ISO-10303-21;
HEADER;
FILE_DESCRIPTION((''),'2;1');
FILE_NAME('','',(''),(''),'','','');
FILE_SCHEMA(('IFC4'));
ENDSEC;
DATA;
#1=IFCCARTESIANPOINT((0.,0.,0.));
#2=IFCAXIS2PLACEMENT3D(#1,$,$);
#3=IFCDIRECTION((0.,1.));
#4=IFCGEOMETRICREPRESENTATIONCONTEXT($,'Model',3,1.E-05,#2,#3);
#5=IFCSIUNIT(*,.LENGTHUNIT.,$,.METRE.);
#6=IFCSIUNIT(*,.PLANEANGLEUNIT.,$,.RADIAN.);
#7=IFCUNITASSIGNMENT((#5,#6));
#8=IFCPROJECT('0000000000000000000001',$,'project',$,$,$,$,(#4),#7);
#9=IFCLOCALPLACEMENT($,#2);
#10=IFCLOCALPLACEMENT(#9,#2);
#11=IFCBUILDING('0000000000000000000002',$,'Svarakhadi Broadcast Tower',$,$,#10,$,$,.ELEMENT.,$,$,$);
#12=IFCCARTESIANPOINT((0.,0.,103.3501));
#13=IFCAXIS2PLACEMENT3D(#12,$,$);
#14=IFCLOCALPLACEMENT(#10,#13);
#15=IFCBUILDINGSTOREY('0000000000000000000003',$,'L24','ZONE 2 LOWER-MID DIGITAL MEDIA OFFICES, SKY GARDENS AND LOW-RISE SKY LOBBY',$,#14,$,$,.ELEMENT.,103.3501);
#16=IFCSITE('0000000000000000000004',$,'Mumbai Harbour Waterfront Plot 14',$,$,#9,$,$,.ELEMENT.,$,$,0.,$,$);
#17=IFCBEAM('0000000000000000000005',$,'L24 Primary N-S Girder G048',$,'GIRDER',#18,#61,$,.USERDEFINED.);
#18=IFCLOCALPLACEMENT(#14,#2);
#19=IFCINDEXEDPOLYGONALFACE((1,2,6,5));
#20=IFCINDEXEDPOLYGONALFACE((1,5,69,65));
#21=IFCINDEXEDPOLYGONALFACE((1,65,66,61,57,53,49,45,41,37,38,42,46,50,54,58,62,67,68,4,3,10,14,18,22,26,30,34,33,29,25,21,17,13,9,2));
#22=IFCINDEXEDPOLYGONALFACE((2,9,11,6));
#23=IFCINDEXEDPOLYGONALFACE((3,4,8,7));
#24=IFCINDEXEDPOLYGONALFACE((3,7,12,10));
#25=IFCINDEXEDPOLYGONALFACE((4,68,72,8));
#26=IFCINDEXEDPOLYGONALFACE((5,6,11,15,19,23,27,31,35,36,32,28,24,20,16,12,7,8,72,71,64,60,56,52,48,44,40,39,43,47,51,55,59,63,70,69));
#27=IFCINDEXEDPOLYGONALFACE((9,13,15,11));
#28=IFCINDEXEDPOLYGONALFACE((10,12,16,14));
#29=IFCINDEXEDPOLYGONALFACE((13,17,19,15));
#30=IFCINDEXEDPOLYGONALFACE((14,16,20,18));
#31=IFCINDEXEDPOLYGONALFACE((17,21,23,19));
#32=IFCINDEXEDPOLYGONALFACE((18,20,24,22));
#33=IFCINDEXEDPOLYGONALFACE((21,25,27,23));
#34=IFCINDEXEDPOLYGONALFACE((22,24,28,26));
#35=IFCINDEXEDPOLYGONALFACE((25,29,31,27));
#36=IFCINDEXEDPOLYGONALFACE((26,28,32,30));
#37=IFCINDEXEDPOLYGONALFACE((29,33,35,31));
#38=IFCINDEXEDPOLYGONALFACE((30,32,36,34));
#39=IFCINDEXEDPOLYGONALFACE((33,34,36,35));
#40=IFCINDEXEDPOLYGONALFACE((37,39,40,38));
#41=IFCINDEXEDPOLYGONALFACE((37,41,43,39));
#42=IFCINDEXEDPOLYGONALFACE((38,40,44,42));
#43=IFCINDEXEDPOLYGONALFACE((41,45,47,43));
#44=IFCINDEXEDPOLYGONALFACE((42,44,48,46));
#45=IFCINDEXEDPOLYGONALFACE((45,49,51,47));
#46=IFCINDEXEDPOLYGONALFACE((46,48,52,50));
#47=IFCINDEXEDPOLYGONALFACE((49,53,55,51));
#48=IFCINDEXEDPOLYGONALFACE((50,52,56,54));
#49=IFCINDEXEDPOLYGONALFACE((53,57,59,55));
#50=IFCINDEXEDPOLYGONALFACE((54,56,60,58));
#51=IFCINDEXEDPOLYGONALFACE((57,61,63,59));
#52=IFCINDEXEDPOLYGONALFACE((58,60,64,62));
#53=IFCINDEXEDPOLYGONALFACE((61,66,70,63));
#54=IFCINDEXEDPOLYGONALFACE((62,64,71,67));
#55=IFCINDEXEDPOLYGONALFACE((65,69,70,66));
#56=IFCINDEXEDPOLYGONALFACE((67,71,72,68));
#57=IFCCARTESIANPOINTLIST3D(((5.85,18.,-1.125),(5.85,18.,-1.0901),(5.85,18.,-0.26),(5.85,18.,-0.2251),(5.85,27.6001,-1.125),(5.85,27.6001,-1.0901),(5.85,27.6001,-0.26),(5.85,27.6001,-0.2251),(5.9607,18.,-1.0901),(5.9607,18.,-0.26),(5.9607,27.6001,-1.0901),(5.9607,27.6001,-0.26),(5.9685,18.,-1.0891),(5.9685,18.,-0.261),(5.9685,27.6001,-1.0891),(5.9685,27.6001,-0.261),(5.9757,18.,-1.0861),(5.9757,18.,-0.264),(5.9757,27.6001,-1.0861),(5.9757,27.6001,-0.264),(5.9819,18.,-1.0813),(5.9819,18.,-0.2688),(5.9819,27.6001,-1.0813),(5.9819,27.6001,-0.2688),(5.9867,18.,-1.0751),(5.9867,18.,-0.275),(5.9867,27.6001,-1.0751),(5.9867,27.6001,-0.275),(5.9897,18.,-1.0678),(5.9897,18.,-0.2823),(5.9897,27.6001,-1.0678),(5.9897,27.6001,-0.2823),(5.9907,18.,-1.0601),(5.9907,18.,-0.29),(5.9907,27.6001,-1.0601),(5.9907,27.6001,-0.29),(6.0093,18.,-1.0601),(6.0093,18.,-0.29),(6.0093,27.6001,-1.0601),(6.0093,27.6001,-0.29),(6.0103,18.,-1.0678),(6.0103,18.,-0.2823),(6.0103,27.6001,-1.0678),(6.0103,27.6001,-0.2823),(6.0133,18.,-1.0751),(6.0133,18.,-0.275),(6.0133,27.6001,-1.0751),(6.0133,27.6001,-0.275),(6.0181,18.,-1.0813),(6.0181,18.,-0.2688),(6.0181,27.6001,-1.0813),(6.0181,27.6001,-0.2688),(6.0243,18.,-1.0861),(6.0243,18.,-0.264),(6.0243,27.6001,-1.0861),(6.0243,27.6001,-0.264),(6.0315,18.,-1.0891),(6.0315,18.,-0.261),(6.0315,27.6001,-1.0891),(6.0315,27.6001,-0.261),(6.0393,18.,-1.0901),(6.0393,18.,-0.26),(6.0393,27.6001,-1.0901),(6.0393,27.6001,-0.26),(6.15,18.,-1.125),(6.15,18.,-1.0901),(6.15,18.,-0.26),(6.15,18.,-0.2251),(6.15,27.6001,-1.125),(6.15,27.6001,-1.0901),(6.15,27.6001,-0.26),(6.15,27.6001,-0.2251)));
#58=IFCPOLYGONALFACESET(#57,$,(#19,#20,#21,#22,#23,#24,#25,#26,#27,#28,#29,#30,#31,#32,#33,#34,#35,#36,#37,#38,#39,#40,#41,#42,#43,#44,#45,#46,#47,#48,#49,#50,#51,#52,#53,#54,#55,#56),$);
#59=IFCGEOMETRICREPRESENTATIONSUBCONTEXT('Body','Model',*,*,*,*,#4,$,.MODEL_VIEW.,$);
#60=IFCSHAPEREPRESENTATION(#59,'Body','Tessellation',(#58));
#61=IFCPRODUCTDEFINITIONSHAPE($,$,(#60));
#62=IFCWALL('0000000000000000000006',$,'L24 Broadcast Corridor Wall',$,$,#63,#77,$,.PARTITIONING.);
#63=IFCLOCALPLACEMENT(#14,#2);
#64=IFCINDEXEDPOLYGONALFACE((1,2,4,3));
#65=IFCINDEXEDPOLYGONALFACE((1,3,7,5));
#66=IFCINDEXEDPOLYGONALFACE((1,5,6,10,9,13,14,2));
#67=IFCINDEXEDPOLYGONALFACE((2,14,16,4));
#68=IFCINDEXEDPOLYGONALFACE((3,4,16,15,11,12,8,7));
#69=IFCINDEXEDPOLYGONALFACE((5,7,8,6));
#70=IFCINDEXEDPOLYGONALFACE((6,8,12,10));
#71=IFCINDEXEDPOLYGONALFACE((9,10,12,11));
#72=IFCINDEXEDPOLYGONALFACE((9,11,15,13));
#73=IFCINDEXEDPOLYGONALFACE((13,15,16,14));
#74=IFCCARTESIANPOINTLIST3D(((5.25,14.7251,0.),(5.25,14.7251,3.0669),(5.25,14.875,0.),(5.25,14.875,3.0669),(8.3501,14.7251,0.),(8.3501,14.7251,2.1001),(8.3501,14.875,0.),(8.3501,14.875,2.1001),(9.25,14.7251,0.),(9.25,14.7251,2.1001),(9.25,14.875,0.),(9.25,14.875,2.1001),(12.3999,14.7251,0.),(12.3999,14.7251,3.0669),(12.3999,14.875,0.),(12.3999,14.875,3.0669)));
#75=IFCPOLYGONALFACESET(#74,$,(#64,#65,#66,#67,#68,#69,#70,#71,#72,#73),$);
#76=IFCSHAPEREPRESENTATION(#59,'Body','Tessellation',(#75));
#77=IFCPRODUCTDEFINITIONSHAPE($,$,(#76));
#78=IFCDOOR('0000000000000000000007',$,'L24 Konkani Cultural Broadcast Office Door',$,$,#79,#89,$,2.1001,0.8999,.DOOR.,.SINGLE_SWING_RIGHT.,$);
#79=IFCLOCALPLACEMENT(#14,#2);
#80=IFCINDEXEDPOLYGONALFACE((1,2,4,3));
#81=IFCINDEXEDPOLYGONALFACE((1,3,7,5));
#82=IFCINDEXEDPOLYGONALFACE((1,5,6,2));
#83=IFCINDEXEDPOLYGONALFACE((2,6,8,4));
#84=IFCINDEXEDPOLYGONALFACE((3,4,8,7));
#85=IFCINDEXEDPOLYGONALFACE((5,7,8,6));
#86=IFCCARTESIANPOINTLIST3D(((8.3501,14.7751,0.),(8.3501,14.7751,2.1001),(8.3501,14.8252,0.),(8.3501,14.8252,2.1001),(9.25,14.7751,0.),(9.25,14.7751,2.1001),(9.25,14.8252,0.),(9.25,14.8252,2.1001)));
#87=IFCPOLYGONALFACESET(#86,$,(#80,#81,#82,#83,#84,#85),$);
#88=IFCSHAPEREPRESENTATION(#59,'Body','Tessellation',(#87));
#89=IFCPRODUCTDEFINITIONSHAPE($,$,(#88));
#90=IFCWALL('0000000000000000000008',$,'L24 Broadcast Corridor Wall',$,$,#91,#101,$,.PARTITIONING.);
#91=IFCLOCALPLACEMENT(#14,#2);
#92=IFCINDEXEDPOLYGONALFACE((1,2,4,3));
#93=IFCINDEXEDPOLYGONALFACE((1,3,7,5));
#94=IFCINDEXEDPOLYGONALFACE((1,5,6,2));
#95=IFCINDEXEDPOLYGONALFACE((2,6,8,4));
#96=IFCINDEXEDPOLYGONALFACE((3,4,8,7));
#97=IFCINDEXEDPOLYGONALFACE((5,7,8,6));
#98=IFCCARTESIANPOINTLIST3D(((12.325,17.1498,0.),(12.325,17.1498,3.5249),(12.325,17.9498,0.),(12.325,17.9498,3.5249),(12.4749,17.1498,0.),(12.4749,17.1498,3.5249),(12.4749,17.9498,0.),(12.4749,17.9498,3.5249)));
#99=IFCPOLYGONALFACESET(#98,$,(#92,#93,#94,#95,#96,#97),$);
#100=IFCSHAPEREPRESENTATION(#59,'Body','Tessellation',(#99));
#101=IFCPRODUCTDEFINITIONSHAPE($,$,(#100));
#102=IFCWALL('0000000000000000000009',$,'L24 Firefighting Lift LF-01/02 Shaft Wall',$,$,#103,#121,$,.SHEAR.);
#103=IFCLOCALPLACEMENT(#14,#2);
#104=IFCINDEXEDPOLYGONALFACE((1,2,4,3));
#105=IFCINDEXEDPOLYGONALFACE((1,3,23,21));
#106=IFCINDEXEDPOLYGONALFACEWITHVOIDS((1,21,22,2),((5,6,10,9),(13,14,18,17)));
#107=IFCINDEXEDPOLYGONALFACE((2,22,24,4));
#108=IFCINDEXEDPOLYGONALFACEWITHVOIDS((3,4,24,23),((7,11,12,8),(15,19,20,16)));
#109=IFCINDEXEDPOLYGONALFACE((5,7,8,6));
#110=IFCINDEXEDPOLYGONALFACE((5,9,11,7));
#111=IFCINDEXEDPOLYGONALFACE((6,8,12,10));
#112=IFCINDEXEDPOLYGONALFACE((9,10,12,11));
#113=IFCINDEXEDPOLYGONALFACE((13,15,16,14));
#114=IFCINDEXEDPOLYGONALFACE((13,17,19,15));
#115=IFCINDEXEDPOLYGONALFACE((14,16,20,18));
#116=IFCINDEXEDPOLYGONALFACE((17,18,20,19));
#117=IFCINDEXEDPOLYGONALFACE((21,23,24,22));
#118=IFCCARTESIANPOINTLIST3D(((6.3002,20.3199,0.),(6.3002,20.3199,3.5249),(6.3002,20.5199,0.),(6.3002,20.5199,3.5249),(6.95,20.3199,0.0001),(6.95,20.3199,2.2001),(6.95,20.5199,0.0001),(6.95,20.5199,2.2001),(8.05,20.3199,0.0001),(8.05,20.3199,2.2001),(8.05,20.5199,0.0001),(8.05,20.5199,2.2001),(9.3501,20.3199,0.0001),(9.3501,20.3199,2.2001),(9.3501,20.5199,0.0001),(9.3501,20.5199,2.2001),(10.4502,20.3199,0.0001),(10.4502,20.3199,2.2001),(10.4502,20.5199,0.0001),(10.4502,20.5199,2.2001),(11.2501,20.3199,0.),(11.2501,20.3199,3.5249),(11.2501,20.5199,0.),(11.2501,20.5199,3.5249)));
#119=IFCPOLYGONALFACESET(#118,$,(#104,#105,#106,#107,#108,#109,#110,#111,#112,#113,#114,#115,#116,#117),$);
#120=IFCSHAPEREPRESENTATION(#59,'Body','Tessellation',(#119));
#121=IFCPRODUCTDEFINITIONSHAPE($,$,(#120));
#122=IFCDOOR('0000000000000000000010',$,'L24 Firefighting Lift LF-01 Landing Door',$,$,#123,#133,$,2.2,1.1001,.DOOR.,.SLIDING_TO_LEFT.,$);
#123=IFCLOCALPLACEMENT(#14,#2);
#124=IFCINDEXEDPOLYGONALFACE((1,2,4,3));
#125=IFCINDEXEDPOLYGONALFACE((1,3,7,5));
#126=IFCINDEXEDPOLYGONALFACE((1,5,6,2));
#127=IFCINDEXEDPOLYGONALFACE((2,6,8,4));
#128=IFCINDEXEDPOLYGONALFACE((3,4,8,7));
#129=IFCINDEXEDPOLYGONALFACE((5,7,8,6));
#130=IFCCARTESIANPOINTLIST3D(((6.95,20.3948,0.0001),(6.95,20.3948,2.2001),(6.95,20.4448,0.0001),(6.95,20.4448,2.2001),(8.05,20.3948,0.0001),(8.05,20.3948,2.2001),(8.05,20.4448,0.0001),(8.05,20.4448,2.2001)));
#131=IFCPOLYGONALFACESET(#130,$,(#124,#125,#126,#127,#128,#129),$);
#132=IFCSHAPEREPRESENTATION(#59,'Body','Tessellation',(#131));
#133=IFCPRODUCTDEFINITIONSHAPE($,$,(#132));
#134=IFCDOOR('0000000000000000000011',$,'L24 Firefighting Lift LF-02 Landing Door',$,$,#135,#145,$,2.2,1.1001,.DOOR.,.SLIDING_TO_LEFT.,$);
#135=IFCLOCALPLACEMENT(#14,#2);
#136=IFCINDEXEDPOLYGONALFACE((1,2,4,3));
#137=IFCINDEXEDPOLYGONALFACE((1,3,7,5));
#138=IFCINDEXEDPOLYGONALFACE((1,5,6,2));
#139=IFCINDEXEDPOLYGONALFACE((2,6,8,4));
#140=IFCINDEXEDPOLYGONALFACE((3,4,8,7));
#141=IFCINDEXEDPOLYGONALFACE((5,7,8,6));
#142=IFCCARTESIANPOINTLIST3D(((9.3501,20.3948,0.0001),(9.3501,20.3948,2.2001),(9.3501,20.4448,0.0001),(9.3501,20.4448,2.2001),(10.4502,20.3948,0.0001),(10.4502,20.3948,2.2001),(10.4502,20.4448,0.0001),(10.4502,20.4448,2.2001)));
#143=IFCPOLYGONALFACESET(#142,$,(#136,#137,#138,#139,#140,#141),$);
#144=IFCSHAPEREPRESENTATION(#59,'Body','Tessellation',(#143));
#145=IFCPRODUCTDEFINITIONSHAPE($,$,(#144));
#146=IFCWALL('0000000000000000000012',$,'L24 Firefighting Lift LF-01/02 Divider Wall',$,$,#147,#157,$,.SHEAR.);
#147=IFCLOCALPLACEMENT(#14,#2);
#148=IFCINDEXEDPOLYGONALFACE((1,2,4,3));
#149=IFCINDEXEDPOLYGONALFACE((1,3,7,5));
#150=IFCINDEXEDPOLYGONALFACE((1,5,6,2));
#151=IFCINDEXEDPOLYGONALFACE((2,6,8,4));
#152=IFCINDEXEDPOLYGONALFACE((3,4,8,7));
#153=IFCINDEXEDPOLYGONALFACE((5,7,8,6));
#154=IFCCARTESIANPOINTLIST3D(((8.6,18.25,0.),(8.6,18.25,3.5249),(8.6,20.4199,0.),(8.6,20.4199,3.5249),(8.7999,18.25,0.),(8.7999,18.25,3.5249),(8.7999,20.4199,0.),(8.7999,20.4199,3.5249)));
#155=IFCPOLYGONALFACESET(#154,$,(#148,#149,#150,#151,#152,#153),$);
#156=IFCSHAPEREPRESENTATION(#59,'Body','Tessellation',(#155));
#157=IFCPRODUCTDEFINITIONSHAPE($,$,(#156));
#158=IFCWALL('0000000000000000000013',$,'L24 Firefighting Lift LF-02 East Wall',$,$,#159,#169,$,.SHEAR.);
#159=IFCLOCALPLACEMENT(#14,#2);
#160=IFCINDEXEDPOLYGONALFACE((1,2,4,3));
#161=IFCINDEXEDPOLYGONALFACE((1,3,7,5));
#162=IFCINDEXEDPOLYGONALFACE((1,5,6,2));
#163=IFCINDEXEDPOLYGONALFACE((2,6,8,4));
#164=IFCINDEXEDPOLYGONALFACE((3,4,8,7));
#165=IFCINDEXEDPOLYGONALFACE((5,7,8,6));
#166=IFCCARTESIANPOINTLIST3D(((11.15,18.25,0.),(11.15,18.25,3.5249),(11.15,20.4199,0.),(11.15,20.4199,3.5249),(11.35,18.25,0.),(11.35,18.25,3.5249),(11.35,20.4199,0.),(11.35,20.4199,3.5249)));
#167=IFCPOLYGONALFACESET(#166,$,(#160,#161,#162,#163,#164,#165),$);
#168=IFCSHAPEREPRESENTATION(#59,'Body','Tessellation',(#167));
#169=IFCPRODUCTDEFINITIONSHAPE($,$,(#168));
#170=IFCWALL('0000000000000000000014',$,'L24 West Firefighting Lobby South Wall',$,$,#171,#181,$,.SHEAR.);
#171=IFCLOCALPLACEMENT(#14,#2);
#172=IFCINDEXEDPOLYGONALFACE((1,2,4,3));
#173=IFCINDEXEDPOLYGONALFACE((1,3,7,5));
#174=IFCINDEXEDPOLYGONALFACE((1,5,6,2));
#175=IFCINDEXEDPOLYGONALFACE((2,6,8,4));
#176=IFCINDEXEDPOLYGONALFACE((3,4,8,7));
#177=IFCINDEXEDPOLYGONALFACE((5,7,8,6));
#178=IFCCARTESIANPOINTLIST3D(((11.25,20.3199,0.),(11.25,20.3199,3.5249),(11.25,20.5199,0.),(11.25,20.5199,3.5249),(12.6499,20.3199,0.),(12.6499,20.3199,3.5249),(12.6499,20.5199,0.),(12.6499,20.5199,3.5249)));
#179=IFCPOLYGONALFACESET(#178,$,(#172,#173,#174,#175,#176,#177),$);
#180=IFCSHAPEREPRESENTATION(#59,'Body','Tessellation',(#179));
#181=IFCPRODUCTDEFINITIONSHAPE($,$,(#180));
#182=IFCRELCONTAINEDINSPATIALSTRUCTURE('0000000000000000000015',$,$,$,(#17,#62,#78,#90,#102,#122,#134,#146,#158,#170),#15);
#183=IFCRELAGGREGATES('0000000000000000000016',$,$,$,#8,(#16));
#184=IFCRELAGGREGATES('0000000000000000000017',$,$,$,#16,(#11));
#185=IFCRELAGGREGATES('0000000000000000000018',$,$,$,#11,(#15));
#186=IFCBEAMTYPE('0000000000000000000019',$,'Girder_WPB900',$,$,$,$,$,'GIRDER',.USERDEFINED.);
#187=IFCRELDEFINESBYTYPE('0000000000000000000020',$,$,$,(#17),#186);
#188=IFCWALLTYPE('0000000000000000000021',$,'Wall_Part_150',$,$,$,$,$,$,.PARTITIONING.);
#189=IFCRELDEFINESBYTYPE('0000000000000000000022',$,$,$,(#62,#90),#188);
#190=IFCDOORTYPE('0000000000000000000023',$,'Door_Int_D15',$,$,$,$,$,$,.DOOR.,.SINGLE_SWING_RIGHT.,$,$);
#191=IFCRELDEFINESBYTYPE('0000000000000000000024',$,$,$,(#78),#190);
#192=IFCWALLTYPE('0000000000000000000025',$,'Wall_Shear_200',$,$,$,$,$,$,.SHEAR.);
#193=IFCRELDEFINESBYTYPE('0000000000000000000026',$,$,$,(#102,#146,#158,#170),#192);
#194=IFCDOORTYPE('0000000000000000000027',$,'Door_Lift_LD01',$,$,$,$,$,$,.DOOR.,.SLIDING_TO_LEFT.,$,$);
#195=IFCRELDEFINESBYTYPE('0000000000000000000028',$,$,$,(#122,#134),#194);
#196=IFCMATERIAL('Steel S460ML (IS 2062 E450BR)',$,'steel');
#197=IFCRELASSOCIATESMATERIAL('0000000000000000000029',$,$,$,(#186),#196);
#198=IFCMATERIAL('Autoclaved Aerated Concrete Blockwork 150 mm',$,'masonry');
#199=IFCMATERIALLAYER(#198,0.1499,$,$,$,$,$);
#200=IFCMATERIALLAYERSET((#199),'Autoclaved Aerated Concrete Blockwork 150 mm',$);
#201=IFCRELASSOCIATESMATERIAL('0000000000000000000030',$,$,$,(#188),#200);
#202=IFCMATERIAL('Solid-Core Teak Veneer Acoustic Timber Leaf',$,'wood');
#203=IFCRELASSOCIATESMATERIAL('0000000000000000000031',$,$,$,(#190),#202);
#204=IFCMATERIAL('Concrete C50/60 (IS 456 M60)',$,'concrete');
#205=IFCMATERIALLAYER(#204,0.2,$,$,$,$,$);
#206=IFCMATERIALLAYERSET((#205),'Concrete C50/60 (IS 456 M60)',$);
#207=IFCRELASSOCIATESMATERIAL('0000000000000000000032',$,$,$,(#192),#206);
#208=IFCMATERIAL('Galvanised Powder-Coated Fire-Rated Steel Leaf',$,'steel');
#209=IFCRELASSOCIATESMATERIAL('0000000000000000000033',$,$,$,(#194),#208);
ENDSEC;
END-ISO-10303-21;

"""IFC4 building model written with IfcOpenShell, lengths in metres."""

from ifc_helpers import new_model, si_unit, direction, frame, frame_2d, origin, origin_2d, place, context, subcontext, project, spatial, rectangle, i_section, extrude, material, layer, layer_set, material_profile, profile_set, type_object, element, fill, save


model = new_model("IFC4")

# Units and contexts
model_context = context("Model", 3, precision=1e-05, world=origin(), true_north=direction((0.0, 1.0)))
body_context = subcontext(model_context, "Body", "Model", "MODEL_VIEW")
ifc_project = project(units=[si_unit("LENGTHUNIT", "METRE"), si_unit("PLANEANGLEUNIT", "RADIAN")], contexts=[model_context])

# Site, building, storey
site_placement = place(None, origin())
site = spatial("IfcSite", under=ifc_project, at=site_placement, Name="Mumbai Harbour Waterfront Plot 14", CompositionType="ELEMENT", RefElevation=0.0)
building_placement = place(site_placement, origin())
building = spatial("IfcBuilding", under=site, at=building_placement, Name="Svarakhadi Broadcast Tower", CompositionType="ELEMENT")
storey_placement = place(building_placement, frame((0.0, 0.0, 103.3501)))
storey = spatial("IfcBuildingStorey", under=building, at=storey_placement, Name="L24", Description="ZONE 2 LOWER-MID DIGITAL MEDIA OFFICES, SKY GARDENS AND LOW-RISE SKY LOBBY", CompositionType="ELEMENT", Elevation=103.3501)

# Shared definitions
ifc_material_1 = material(Name="Concrete C50/60 (IS 456 M60)", Category="concrete")
ifc_material_2 = material(Name="Steel S460ML (IS 2062 E450BR)", Category="steel")

# Beam
ifc_material_profile_1 = material_profile(ifc_material_2, i_section(OverallWidth=0.3, OverallDepth=0.8999, WebThickness=0.0186, FlangeThickness=0.0349, FilletRadius=0.03, at=origin_2d()), Name="WPB 900x300x291")
ifc_profile_set_1 = profile_set([ifc_material_profile_1], Name="Steel S460ML (IS 2062 E450BR)")
beam_type_1 = type_object("IfcBeamType", Name="Girder_WPB900", ElementType="GIRDER", PredefinedType="USERDEFINED", material=ifc_profile_set_1)
beam_placement = place(storey_placement, frame((6.0, 18.0, -0.675), z_axis=(0.0, 1.0, 0.0), x_axis=(-1.0, 0.0, 0.0)))
element("IfcBeam", 1, at=beam_placement, inside=storey, type_object=beam_type_1, Name="L24 Primary N-S Girder G048", ObjectType="GIRDER", PredefinedType="USERDEFINED", context=body_context, shape_type="SweptSolid", body=[
    extrude(i_section(OverallWidth=0.3, OverallDepth=0.8999, WebThickness=0.0186, FlangeThickness=0.0349, FilletRadius=0.03, at=origin_2d()), origin(), (0.0, 0.0, 1.0), 9.6001),
])

# Wall, opening, door
ifc_material_3 = material(Name="Autoclaved Aerated Concrete Blockwork 150 mm", Category="masonry")
ifc_layer_1 = layer(ifc_material_3, 0.1499)
ifc_layer_set_1 = layer_set([ifc_layer_1], Name="Autoclaved Aerated Concrete Blockwork 150 mm")
wall_type_1 = type_object("IfcWallType", Name="Wall_Part_150", PredefinedType="PARTITIONING", material=ifc_layer_set_1)
wall_1_placement = place(storey_placement, frame((12.3999, 14.8, 0.0), z_axis=(0.0, 0.0, 1.0), x_axis=(-1.0, 0.0, 0.0)))
wall_1 = element("IfcWall", 2, at=wall_1_placement, inside=storey, type_object=wall_type_1, Name="L24 Broadcast Corridor Wall", PredefinedType="PARTITIONING", context=body_context, shape_type="SweptSolid", body=[
    extrude(rectangle(XDim=7.1499, YDim=0.1499, at=frame_2d((3.575, 0.0))), origin(), (0.0, 0.0, 1.0), 3.0669),
])
opening_1_placement = place(wall_1_placement, frame((3.1499, 0.0, 0.0)))
opening_1 = element("IfcOpeningElement", 3, at=opening_1_placement, cuts=wall_1, PredefinedType="OPENING", context=body_context, shape_type="SweptSolid", body=[
    extrude(rectangle(XDim=0.8999, YDim=2.1001, at=frame_2d((0.45, 1.05))), frame((0.0, 0.085, 0.0), z_axis=(0.0, -1.0, 0.0), x_axis=(1.0, 0.0, 0.0)), (0.0, 0.0, 1.0), 0.1699),
])
ifc_material_4 = material(Name="Solid-Core Teak Veneer Acoustic Timber Leaf", Category="wood")
door_type_1 = type_object("IfcDoorType", Name="Door_Int_D15", OperationType="SINGLE_SWING_RIGHT", PredefinedType="DOOR", material=ifc_material_4)
door_1_placement = place(opening_1_placement, origin())
door_1 = element("IfcDoor", 4, at=door_1_placement, inside=storey, type_object=door_type_1, Name="L24 Konkani Cultural Broadcast Office Door", OperationType="SINGLE_SWING_RIGHT", OverallHeight=2.1001, OverallWidth=0.8999, PredefinedType="DOOR", context=body_context, shape_type="SweptSolid", body=[
    extrude(rectangle(XDim=0.8999, YDim=2.1001, at=frame_2d((0.45, 1.05))), frame((0.0, 0.0249, 0.0), z_axis=(0.0, -1.0, 0.0), x_axis=(1.0, 0.0, 0.0)), (0.0, 0.0, 1.0), 0.05),
])
fill(opening_1, door_1)

# Wall
wall_2_placement = place(storey_placement, frame((12.3999, 17.1499, 0.0), z_axis=(0.0, 0.0, 1.0), x_axis=(0.0, 1.0, 0.0)))
element("IfcWall", 5, at=wall_2_placement, inside=storey, type_object=wall_type_1, Name="L24 Broadcast Corridor Wall", PredefinedType="PARTITIONING", context=body_context, shape_type="SweptSolid", body=[
    extrude(rectangle(XDim=0.8, YDim=0.1499, at=frame_2d((0.3999, 0.0))), origin(), (0.0, 0.0, 1.0), 3.5249),
])

# Wall, openings, doors
ifc_layer_2 = layer(ifc_material_1, 0.2)
ifc_layer_set_2 = layer_set([ifc_layer_2], Name="Concrete C50/60 (IS 456 M60)")
wall_type_2 = type_object("IfcWallType", Name="Wall_Shear_200", PredefinedType="SHEAR", material=ifc_layer_set_2)
wall_3_placement = place(storey_placement, frame((6.3, 20.4199, 0.0), z_axis=(0.0, 0.0, 1.0), x_axis=(1.0, 0.0, 0.0)))
wall_3 = element("IfcWall", 6, at=wall_3_placement, inside=storey, type_object=wall_type_2, Name="L24 Firefighting Lift LF-01/02 Shaft Wall", PredefinedType="SHEAR", context=body_context, shape_type="SweptSolid", body=[
    extrude(rectangle(XDim=4.95, YDim=0.2, at=frame_2d((2.4751, 0.0))), origin(), (0.0, 0.0, 1.0), 3.5249),
])
opening_2_placement = place(wall_3_placement, frame((0.6499, 0.0, 0.0)))
opening_2 = element("IfcOpeningElement", 7, at=opening_2_placement, cuts=wall_3, PredefinedType="OPENING", context=body_context, shape_type="SweptSolid", body=[
    extrude(rectangle(XDim=1.1001, YDim=2.2, at=frame_2d((0.55, 1.1001))), frame((0.0, 0.1099, 0.0), z_axis=(0.0, -1.0, 0.0), x_axis=(1.0, 0.0, 0.0)), (0.0, 0.0, 1.0), 0.22),
])
opening_3_placement = place(wall_3_placement, frame((3.05, 0.0, 0.0)))
opening_3 = element("IfcOpeningElement", 8, at=opening_3_placement, cuts=wall_3, PredefinedType="OPENING", context=body_context, shape_type="SweptSolid", body=[
    extrude(rectangle(XDim=1.1001, YDim=2.2, at=frame_2d((0.55, 1.1001))), frame((0.0, 0.1099, 0.0), z_axis=(0.0, -1.0, 0.0), x_axis=(1.0, 0.0, 0.0)), (0.0, 0.0, 1.0), 0.22),
])
ifc_material_5 = material(Name="Galvanised Powder-Coated Fire-Rated Steel Leaf", Category="steel")
door_type_2 = type_object("IfcDoorType", Name="Door_Lift_LD01", OperationType="SLIDING_TO_LEFT", PredefinedType="DOOR", material=ifc_material_5)
door_2_placement = place(opening_2_placement, origin())
door_2 = element("IfcDoor", 9, at=door_2_placement, inside=storey, type_object=door_type_2, Name="L24 Firefighting Lift LF-01 Landing Door", OperationType="SLIDING_TO_LEFT", OverallHeight=2.2, OverallWidth=1.1001, PredefinedType="DOOR", context=body_context, shape_type="SweptSolid", body=[
    extrude(rectangle(XDim=1.1001, YDim=2.2, at=frame_2d((0.55, 1.1001))), frame((0.0, 0.0249, 0.0), z_axis=(0.0, -1.0, 0.0), x_axis=(1.0, 0.0, 0.0)), (0.0, 0.0, 1.0), 0.05),
])
fill(opening_2, door_2)
door_3_placement = place(opening_3_placement, origin())
door_3 = element("IfcDoor", 10, at=door_3_placement, inside=storey, type_object=door_type_2, Name="L24 Firefighting Lift LF-02 Landing Door", OperationType="SLIDING_TO_LEFT", OverallHeight=2.2, OverallWidth=1.1001, PredefinedType="DOOR", context=body_context, shape_type="SweptSolid", body=[
    extrude(rectangle(XDim=1.1001, YDim=2.2, at=frame_2d((0.55, 1.1001))), frame((0.0, 0.0249, 0.0), z_axis=(0.0, -1.0, 0.0), x_axis=(1.0, 0.0, 0.0)), (0.0, 0.0, 1.0), 0.05),
])
fill(opening_3, door_3)

# Walls
for number, where, z_axis, x_axis, name in (
    (11, (8.7, 18.25, 0.0), (0.0, 0.0, 1.0), (0.0, 1.0, 0.0), "L24 Firefighting Lift LF-01/02 Divider Wall"),
    (12, (11.25, 18.25, 0.0), (0.0, 0.0, 1.0), (0.0, 1.0, 0.0), "L24 Firefighting Lift LF-02 East Wall"),
):
    element("IfcWall", number, at=place(storey_placement, frame(where, z_axis=z_axis, x_axis=x_axis)), inside=storey, type_object=wall_type_2, Name=name, PredefinedType="SHEAR", context=body_context, shape_type="SweptSolid", body=[
        extrude(rectangle(XDim=2.1699, YDim=0.2, at=frame_2d((1.085, 0.0))), origin(), (0.0, 0.0, 1.0), 3.5249),
    ])
wall_4_placement = place(storey_placement, frame((11.25, 20.4199, 0.0), z_axis=(0.0, 0.0, 1.0), x_axis=(1.0, 0.0, 0.0)))
element("IfcWall", 13, at=wall_4_placement, inside=storey, type_object=wall_type_2, Name="L24 West Firefighting Lobby South Wall", PredefinedType="SHEAR", context=body_context, shape_type="SweptSolid", body=[
    extrude(rectangle(XDim=1.3999, YDim=0.2, at=frame_2d((0.7, 0.0))), origin(), (0.0, 0.0, 1.0), 3.5249),
])

save(model, "model.ifc")
